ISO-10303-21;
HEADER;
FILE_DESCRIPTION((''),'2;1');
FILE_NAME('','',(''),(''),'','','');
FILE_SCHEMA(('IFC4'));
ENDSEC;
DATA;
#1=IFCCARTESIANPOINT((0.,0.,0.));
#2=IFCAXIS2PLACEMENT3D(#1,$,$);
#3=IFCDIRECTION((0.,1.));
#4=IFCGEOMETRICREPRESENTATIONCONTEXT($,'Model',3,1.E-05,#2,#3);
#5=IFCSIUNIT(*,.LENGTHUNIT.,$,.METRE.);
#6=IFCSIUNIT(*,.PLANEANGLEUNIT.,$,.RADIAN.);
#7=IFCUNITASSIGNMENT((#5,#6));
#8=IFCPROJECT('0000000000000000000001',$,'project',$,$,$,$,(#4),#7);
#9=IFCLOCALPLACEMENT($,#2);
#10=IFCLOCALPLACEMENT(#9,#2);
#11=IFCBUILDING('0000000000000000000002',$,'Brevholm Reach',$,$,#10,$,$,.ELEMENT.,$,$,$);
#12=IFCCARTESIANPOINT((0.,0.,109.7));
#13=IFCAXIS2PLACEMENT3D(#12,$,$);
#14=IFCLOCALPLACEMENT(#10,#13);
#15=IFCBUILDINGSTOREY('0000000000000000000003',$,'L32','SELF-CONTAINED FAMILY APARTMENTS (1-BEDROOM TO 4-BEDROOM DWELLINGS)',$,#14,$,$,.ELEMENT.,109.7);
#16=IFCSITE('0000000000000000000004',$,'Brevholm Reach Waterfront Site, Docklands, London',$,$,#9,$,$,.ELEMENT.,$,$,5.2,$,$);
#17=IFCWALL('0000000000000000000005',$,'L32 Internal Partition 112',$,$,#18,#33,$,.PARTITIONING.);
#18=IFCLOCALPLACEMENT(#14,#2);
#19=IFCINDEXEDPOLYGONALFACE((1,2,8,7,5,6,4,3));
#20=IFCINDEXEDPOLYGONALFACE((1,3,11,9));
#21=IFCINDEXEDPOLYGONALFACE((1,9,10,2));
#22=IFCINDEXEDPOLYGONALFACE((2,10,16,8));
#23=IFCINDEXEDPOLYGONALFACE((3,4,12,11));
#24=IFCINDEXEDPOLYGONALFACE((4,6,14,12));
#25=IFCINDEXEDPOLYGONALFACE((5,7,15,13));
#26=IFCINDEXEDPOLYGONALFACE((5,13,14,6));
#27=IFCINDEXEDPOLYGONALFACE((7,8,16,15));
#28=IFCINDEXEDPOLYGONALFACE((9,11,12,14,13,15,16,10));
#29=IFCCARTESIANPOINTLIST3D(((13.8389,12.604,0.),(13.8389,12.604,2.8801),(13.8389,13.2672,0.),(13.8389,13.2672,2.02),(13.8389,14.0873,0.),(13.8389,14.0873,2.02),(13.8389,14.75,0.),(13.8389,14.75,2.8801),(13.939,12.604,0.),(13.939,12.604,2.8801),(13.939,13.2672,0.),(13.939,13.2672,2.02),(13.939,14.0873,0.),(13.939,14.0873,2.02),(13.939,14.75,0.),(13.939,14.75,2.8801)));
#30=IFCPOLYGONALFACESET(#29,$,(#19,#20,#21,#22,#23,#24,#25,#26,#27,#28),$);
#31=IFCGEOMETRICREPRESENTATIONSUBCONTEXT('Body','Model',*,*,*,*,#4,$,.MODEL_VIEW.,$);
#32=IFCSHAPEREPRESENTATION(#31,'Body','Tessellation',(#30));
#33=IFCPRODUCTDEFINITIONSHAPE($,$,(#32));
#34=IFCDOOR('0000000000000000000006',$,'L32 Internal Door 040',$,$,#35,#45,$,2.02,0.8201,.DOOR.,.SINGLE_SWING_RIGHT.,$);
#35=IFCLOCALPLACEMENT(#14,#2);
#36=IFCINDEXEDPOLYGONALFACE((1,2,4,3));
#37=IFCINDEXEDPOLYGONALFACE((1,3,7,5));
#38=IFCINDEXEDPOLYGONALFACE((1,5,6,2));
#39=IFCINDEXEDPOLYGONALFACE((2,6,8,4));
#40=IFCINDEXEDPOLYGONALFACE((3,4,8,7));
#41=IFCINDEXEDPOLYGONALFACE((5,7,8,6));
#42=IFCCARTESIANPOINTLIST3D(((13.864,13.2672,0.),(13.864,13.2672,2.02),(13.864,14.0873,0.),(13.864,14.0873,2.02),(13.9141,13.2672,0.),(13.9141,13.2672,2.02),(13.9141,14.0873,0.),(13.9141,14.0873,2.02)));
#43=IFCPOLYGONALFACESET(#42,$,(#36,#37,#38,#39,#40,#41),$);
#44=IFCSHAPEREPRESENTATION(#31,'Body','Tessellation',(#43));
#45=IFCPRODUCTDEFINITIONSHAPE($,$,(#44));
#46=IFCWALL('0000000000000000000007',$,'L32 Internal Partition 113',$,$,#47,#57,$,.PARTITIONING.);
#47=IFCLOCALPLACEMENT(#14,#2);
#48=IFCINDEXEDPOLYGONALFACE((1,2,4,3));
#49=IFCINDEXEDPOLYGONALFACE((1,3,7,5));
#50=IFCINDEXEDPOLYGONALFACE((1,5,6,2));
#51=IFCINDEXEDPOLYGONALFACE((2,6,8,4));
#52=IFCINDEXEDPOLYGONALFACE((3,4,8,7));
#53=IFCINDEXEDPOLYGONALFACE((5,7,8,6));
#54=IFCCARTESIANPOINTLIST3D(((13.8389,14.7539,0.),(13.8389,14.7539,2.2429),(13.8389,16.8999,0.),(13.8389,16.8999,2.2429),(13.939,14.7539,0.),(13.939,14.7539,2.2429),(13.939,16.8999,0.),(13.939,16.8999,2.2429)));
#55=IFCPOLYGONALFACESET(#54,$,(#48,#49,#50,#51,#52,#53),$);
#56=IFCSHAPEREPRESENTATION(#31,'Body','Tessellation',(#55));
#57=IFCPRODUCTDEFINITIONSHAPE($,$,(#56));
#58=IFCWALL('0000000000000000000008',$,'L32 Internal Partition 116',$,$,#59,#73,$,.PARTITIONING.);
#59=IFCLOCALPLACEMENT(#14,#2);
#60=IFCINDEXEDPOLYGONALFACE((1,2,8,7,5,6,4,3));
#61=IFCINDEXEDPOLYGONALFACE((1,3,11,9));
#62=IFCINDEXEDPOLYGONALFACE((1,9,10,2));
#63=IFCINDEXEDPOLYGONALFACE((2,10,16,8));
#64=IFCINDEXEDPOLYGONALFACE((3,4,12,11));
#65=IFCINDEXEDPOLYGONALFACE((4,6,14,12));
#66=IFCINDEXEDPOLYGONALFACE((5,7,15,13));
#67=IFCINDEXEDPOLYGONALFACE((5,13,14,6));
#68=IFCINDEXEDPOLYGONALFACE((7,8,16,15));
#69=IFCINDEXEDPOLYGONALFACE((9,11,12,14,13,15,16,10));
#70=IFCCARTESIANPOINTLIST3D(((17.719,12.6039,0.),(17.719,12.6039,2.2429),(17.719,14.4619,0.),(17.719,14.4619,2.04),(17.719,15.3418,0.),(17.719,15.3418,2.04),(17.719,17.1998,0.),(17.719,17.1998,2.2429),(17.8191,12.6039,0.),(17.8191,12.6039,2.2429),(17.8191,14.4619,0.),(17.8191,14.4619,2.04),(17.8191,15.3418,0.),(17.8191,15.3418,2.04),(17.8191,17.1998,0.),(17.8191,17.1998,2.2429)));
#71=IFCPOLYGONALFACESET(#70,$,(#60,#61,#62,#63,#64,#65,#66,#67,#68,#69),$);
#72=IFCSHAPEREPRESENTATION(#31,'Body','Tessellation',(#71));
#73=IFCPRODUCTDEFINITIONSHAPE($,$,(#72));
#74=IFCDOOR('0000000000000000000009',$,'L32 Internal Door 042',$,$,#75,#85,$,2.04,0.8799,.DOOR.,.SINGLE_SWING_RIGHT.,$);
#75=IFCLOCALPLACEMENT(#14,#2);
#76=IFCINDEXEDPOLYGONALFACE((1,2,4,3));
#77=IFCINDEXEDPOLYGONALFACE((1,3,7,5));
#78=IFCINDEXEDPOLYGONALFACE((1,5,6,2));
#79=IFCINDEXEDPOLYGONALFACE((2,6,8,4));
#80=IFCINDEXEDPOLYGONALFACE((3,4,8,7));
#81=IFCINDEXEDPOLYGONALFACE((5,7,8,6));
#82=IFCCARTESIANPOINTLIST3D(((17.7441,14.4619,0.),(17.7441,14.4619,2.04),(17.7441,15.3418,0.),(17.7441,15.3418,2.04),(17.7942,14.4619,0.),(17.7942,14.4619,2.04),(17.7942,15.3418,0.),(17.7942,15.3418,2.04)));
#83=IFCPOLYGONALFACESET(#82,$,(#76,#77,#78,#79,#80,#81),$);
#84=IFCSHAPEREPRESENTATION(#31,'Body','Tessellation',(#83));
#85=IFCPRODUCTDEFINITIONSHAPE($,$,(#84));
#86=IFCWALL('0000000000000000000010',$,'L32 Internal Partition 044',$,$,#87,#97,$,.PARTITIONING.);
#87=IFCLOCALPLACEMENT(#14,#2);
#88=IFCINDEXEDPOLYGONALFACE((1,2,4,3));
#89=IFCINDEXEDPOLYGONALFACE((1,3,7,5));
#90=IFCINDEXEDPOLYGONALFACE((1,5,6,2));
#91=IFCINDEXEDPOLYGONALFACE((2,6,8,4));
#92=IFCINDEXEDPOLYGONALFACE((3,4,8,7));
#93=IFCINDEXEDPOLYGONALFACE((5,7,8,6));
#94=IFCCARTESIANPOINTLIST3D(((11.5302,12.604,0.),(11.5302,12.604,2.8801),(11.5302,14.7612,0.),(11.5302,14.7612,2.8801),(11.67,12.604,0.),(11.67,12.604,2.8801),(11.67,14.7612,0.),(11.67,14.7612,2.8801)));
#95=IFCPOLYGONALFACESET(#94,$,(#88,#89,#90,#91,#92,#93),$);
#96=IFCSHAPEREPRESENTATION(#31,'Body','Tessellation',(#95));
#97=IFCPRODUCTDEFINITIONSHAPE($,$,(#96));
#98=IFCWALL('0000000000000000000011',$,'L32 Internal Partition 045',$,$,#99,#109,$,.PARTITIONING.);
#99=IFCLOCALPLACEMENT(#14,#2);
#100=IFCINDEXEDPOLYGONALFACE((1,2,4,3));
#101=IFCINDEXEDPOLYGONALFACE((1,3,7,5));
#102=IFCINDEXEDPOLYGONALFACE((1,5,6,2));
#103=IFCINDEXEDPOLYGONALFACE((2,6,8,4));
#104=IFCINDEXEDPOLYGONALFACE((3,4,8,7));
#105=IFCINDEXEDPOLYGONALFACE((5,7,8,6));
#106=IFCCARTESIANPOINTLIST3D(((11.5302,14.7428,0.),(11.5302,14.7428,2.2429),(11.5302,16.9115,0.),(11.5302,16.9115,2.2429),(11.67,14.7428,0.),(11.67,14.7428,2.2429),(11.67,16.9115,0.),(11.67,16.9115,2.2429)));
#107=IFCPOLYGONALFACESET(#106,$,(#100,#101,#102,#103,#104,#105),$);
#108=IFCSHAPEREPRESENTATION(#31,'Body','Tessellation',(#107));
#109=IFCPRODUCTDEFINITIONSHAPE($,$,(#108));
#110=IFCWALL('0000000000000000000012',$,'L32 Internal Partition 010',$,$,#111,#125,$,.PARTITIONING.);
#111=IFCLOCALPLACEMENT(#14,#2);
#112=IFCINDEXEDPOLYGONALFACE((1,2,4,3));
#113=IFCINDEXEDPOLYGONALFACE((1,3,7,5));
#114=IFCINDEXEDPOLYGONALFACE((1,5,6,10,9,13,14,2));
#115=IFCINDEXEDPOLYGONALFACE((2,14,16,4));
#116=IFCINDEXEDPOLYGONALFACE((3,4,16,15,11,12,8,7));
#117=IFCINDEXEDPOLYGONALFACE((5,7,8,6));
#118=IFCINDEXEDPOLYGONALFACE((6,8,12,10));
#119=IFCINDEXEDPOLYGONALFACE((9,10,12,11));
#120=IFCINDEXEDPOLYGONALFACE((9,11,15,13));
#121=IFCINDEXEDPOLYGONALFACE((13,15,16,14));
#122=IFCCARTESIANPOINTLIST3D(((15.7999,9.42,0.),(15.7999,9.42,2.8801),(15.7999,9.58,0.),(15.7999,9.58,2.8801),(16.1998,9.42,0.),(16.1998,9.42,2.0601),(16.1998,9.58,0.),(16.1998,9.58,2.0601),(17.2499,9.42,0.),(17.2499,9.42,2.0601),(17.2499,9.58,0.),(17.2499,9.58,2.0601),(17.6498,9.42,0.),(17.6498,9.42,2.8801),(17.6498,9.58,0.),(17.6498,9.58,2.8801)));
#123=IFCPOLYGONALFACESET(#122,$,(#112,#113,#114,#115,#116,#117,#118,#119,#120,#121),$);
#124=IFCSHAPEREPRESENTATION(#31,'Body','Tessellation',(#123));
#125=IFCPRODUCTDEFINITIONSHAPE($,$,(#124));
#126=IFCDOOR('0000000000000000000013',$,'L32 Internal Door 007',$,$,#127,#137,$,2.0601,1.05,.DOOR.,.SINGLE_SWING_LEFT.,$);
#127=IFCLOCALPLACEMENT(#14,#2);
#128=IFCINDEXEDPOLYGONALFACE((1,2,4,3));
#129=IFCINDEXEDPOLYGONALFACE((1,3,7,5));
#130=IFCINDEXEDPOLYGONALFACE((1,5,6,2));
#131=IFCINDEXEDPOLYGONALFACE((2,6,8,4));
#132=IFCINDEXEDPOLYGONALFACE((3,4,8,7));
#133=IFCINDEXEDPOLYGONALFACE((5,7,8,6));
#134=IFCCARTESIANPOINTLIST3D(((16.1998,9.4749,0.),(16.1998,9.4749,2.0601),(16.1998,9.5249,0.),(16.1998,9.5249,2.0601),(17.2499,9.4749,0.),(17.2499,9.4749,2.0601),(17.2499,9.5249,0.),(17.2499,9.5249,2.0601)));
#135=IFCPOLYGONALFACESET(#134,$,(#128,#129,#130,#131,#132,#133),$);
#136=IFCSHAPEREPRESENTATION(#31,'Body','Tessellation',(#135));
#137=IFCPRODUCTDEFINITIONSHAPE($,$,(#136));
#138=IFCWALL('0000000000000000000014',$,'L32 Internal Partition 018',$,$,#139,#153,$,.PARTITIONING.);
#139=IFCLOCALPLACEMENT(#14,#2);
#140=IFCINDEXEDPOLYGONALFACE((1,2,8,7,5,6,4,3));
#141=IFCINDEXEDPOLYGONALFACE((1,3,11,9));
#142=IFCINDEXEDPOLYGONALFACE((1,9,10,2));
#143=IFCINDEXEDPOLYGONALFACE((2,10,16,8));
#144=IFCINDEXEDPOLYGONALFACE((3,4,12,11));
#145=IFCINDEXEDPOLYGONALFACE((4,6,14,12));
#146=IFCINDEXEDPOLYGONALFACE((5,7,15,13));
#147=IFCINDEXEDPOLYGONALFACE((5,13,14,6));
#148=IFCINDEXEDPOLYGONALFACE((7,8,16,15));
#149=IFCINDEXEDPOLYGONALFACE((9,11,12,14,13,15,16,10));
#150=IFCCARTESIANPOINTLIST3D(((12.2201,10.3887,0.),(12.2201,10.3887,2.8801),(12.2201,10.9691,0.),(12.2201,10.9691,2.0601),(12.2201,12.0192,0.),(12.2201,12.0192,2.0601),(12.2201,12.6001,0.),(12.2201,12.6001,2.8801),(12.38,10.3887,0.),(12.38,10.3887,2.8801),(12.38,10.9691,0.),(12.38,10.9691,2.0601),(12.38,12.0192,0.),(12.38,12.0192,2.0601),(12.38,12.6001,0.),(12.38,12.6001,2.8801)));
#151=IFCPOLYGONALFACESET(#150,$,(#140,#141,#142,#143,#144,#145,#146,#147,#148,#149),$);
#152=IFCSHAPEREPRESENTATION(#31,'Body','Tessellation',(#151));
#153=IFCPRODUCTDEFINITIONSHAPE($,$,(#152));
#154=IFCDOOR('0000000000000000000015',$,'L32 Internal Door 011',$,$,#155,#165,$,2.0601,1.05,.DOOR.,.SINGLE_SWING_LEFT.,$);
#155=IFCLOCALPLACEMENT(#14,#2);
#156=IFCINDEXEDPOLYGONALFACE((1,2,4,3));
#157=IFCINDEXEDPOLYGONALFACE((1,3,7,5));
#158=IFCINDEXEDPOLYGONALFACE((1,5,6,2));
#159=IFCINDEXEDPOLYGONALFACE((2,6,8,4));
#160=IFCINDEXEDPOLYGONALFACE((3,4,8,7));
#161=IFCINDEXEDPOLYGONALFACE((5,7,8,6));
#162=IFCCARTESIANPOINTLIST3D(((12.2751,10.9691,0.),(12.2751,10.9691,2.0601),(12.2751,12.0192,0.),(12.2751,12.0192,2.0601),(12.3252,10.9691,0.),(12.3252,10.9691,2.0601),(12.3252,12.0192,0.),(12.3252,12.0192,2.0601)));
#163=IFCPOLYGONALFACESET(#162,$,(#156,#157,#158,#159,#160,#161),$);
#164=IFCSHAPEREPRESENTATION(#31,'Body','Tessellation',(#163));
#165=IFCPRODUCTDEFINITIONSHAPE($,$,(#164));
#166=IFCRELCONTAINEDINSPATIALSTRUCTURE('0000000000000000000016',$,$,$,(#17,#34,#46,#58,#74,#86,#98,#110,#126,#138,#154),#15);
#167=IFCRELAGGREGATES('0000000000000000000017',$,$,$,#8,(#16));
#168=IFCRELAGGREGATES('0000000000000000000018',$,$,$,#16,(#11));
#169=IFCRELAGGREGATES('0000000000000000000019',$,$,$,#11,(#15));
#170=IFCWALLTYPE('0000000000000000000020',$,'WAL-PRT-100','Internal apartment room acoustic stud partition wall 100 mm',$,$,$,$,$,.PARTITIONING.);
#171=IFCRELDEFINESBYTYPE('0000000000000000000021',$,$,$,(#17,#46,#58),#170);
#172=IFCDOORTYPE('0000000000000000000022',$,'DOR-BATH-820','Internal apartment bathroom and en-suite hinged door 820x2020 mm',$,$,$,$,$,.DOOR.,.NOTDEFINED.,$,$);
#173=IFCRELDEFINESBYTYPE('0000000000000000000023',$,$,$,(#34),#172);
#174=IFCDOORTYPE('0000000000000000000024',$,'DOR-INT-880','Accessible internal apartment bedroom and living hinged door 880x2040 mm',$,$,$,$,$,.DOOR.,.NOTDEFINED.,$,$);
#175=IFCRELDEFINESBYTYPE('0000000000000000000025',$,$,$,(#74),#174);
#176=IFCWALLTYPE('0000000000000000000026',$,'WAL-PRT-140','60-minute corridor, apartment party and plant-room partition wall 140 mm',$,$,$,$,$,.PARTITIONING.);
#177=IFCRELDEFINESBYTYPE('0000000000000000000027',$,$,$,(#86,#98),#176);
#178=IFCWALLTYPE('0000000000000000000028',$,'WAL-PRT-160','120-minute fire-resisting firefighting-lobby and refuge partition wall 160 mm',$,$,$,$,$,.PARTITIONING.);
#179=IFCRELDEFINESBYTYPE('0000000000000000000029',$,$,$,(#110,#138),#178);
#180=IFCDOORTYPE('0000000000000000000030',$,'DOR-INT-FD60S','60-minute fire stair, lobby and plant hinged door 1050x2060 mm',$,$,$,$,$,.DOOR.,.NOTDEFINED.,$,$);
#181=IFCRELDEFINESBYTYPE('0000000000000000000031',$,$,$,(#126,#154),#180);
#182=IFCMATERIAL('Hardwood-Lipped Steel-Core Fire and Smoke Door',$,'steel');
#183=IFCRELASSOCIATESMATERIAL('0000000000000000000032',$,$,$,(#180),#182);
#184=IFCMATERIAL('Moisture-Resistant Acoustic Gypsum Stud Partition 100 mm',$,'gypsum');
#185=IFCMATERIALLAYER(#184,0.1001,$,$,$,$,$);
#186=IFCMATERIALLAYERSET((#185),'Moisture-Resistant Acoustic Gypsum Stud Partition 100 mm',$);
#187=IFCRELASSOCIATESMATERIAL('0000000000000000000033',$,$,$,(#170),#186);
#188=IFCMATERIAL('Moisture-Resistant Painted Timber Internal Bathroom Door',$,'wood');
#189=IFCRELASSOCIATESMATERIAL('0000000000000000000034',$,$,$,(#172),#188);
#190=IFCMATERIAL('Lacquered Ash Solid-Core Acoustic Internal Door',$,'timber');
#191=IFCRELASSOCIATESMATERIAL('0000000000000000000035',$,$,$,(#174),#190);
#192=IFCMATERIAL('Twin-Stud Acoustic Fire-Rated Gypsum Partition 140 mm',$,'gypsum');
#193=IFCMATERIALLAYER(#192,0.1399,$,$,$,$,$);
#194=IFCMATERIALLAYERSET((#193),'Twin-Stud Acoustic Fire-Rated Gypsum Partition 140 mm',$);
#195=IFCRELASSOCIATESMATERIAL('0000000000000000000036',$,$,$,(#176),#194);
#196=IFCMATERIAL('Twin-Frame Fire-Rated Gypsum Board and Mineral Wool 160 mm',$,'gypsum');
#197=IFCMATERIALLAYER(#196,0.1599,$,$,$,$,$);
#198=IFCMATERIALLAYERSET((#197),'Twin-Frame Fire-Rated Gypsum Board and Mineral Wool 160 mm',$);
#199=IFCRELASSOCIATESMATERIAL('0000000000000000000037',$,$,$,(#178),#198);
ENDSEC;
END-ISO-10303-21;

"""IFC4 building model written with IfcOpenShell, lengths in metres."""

from ifc_helpers import new_model, si_unit, direction, frame, frame_2d, origin, place, context, subcontext, project, spatial, rectangle, extrude, material, layer, layer_set, type_object, element, fill, save


model = new_model("IFC4")

# Units and contexts
model_context = context("Model", 3, precision=1e-05, world=origin(), true_north=direction((0.0, 1.0)))
body_context = subcontext(model_context, "Body", "Model", "MODEL_VIEW")
ifc_project = project(units=[si_unit("LENGTHUNIT", "METRE"), si_unit("PLANEANGLEUNIT", "RADIAN")], contexts=[model_context])

# Site, building, storey
site_placement = place(None, origin())
site = spatial("IfcSite", under=ifc_project, at=site_placement, Name="Brevholm Reach Waterfront Site, Docklands, London", CompositionType="ELEMENT", RefElevation=5.2)
building_placement = place(site_placement, origin())
building = spatial("IfcBuilding", under=site, at=building_placement, Name="Brevholm Reach", CompositionType="ELEMENT")
storey_placement = place(building_placement, frame((0.0, 0.0, 109.7)))
storey = spatial("IfcBuildingStorey", under=building, at=storey_placement, Name="L32", Description="SELF-CONTAINED FAMILY APARTMENTS (1-BEDROOM TO 4-BEDROOM DWELLINGS)", CompositionType="ELEMENT", Elevation=109.7)

# Shared definitions
ifc_material_1 = material(Name="Hardwood-Lipped Steel-Core Fire and Smoke Door", Category="steel")
door_type_1 = type_object("IfcDoorType", Name="DOR-INT-FD60S", Description="60-minute fire stair, lobby and plant hinged door 1050x2060 mm", OperationType="NOTDEFINED", PredefinedType="DOOR", material=ifc_material_1)

# Shared definitions
ifc_material_2 = material(Name="Moisture-Resistant Acoustic Gypsum Stud Partition 100 mm", Category="gypsum")
ifc_layer_1 = layer(ifc_material_2, 0.1001)
ifc_layer_set_1 = layer_set([ifc_layer_1], Name="Moisture-Resistant Acoustic Gypsum Stud Partition 100 mm")
wall_type_1 = type_object("IfcWallType", Name="WAL-PRT-100", Description="Internal apartment room acoustic stud partition wall 100 mm", PredefinedType="PARTITIONING", material=ifc_layer_set_1)

# Wall, opening, door
wall_1_placement = place(storey_placement, frame((13.8889, 12.604, 0.0), z_axis=(0.0, 0.0, 1.0), x_axis=(0.0, 1.0, 0.0)))
wall_1 = element("IfcWall", 1, at=wall_1_placement, inside=storey, type_object=wall_type_1, Name="L32 Internal Partition 112", PredefinedType="PARTITIONING", context=body_context, shape_type="SweptSolid", body=[
    extrude(rectangle(XDim=2.146, YDim=0.1001, at=frame_2d((1.073, 0.0))), origin(), (0.0, 0.0, 1.0), 2.8801),
])
opening_1_placement = place(wall_1_placement, frame((0.6631, 0.0, 0.0)))
opening_1 = element("IfcOpeningElement", 2, at=opening_1_placement, cuts=wall_1, PredefinedType="OPENING", context=body_context, shape_type="SweptSolid", body=[
    extrude(rectangle(XDim=0.8201, YDim=2.02, at=frame_2d((0.4102, 1.01))), frame((0.0, 0.0601, 0.0), z_axis=(0.0, -1.0, 0.0), x_axis=(1.0, 0.0, 0.0)), (0.0, 0.0, 1.0), 0.1201),
])
ifc_material_3 = material(Name="Moisture-Resistant Painted Timber Internal Bathroom Door", Category="wood")
door_type_2 = type_object("IfcDoorType", Name="DOR-BATH-820", Description="Internal apartment bathroom and en-suite hinged door 820x2020 mm", OperationType="NOTDEFINED", PredefinedType="DOOR", material=ifc_material_3)
door_1_placement = place(opening_1_placement, origin())
door_1 = element("IfcDoor", 3, at=door_1_placement, inside=storey, type_object=door_type_2, Name="L32 Internal Door 040", OperationType="SINGLE_SWING_RIGHT", OverallHeight=2.02, OverallWidth=0.8201, PredefinedType="DOOR", context=body_context, shape_type="SweptSolid", body=[
    extrude(rectangle(XDim=0.8201, YDim=2.02, at=frame_2d((0.4102, 1.01))), frame((0.0, 0.0249, 0.0), z_axis=(0.0, -1.0, 0.0), x_axis=(1.0, 0.0, 0.0)), (0.0, 0.0, 1.0), 0.05),
])
fill(opening_1, door_1)

# Wall
wall_2_placement = place(storey_placement, frame((13.8889, 14.7539, 0.0), z_axis=(0.0, 0.0, 1.0), x_axis=(0.0, 1.0, 0.0)))
element("IfcWall", 4, at=wall_2_placement, inside=storey, type_object=wall_type_1, Name="L32 Internal Partition 113", PredefinedType="PARTITIONING", context=body_context, shape_type="SweptSolid", body=[
    extrude(rectangle(XDim=2.146, YDim=0.1001, at=frame_2d((1.073, 0.0))), origin(), (0.0, 0.0, 1.0), 2.2429),
])

# Wall, opening, door
wall_3_placement = place(storey_placement, frame((17.769, 12.604, 0.0), z_axis=(0.0, 0.0, 1.0), x_axis=(0.0, 1.0, 0.0)))
wall_3 = element("IfcWall", 5, at=wall_3_placement, inside=storey, type_object=wall_type_1, Name="L32 Internal Partition 116", PredefinedType="PARTITIONING", context=body_context, shape_type="SweptSolid", body=[
    extrude(rectangle(XDim=4.5959, YDim=0.1001, at=frame_2d((2.2979, 0.0))), origin(), (0.0, 0.0, 1.0), 2.2429),
])
opening_2_placement = place(wall_3_placement, frame((1.8579, 0.0, 0.0)))
opening_2 = element("IfcOpeningElement", 6, at=opening_2_placement, cuts=wall_3, PredefinedType="OPENING", context=body_context, shape_type="SweptSolid", body=[
    extrude(rectangle(XDim=0.8799, YDim=2.04, at=frame_2d((0.4399, 1.02))), frame((0.0, 0.0601, 0.0), z_axis=(0.0, -1.0, 0.0), x_axis=(1.0, 0.0, 0.0)), (0.0, 0.0, 1.0), 0.1201),
])
ifc_material_4 = material(Name="Lacquered Ash Solid-Core Acoustic Internal Door", Category="timber")
door_type_3 = type_object("IfcDoorType", Name="DOR-INT-880", Description="Accessible internal apartment bedroom and living hinged door 880x2040 mm", OperationType="NOTDEFINED", PredefinedType="DOOR", material=ifc_material_4)
door_2_placement = place(opening_2_placement, origin())
door_2 = element("IfcDoor", 7, at=door_2_placement, inside=storey, type_object=door_type_3, Name="L32 Internal Door 042", OperationType="SINGLE_SWING_RIGHT", OverallHeight=2.04, OverallWidth=0.8799, PredefinedType="DOOR", context=body_context, shape_type="SweptSolid", body=[
    extrude(rectangle(XDim=0.8799, YDim=2.04, at=frame_2d((0.4399, 1.02))), frame((0.0, 0.0249, 0.0), z_axis=(0.0, -1.0, 0.0), x_axis=(1.0, 0.0, 0.0)), (0.0, 0.0, 1.0), 0.05),
])
fill(opening_2, door_2)

# Walls
ifc_material_5 = material(Name="Twin-Stud Acoustic Fire-Rated Gypsum Partition 140 mm", Category="gypsum")
ifc_layer_2 = layer(ifc_material_5, 0.1399)
ifc_layer_set_2 = layer_set([ifc_layer_2], Name="Twin-Stud Acoustic Fire-Rated Gypsum Partition 140 mm")
wall_type_2 = type_object("IfcWallType", Name="WAL-PRT-140", Description="60-minute corridor, apartment party and plant-room partition wall 140 mm", PredefinedType="PARTITIONING", material=ifc_layer_set_2)
wall_4_placement = place(storey_placement, frame((11.6001, 12.604, 0.0), z_axis=(0.0, 0.0, 1.0), x_axis=(0.0, 1.0, 0.0)))
element("IfcWall", 8, at=wall_4_placement, inside=storey, type_object=wall_type_2, Name="L32 Internal Partition 044", PredefinedType="PARTITIONING", context=body_context, shape_type="SweptSolid", body=[
    extrude(rectangle(XDim=2.1572, YDim=0.1399, at=frame_2d((1.0786, 0.0))), origin(), (0.0, 0.0, 1.0), 2.8801),
])
wall_5_placement = place(storey_placement, frame((11.6001, 14.7427, 0.0), z_axis=(0.0, 0.0, 1.0), x_axis=(0.0, 1.0, 0.0)))
element("IfcWall", 9, at=wall_5_placement, inside=storey, type_object=wall_type_2, Name="L32 Internal Partition 045", PredefinedType="PARTITIONING", context=body_context, shape_type="SweptSolid", body=[
    extrude(rectangle(XDim=2.1687, YDim=0.1399, at=frame_2d((1.0845, 0.0))), origin(), (0.0, 0.0, 1.0), 2.2429),
])

# Walls, openings, doors
ifc_material_6 = material(Name="Twin-Frame Fire-Rated Gypsum Board and Mineral Wool 160 mm", Category="gypsum")
ifc_layer_3 = layer(ifc_material_6, 0.1599)
ifc_layer_set_3 = layer_set([ifc_layer_3], Name="Twin-Frame Fire-Rated Gypsum Board and Mineral Wool 160 mm")
wall_type_3 = type_object("IfcWallType", Name="WAL-PRT-160", Description="120-minute fire-resisting firefighting-lobby and refuge partition wall 160 mm", PredefinedType="PARTITIONING", material=ifc_layer_set_3)
wall_6_placement = place(storey_placement, frame((15.8, 9.5, 0.0), z_axis=(0.0, 0.0, 1.0), x_axis=(1.0, 0.0, 0.0)))
wall_6 = element("IfcWall", 10, at=wall_6_placement, inside=storey, type_object=wall_type_3, Name="L32 Internal Partition 010", PredefinedType="PARTITIONING", context=body_context, shape_type="SweptSolid", body=[
    extrude(rectangle(XDim=1.8499, YDim=0.1599, at=frame_2d((0.9248, 0.0))), origin(), (0.0, 0.0, 1.0), 2.8801),
])
opening_3_placement = place(wall_6_placement, frame((0.3999, 0.0, 0.0)))
opening_3 = element("IfcOpeningElement", 11, at=opening_3_placement, cuts=wall_6, PredefinedType="OPENING", context=body_context, shape_type="SweptSolid", body=[
    extrude(rectangle(XDim=1.05, YDim=2.0601, at=frame_2d((0.5249, 1.03))), frame((0.0, 0.0898, 0.0), z_axis=(0.0, -1.0, 0.0), x_axis=(1.0, 0.0, 0.0)), (0.0, 0.0, 1.0), 0.1799),
])
door_3_placement = place(opening_3_placement, origin())
door_3 = element("IfcDoor", 12, at=door_3_placement, inside=storey, type_object=door_type_1, Name="L32 Internal Door 007", OperationType="SINGLE_SWING_LEFT", OverallHeight=2.0601, OverallWidth=1.05, PredefinedType="DOOR", context=body_context, shape_type="SweptSolid", body=[
    extrude(rectangle(XDim=1.05, YDim=2.0601, at=frame_2d((0.5249, 1.03))), frame((0.0, 0.0249, 0.0), z_axis=(0.0, -1.0, 0.0), x_axis=(1.0, 0.0, 0.0)), (0.0, 0.0, 1.0), 0.05),
])
fill(opening_3, door_3)
wall_7_placement = place(storey_placement, frame((12.3, 10.3887, 0.0), z_axis=(0.0, 0.0, 1.0), x_axis=(0.0, 1.0, 0.0)))
wall_7 = element("IfcWall", 13, at=wall_7_placement, inside=storey, type_object=wall_type_3, Name="L32 Internal Partition 018", PredefinedType="PARTITIONING", context=body_context, shape_type="SweptSolid", body=[
    extrude(rectangle(XDim=2.2114, YDim=0.1599, at=frame_2d((1.1057, 0.0))), origin(), (0.0, 0.0, 1.0), 2.8801),
])
opening_4_placement = place(wall_7_placement, frame((0.5806, 0.0, 0.0)))
opening_4 = element("IfcOpeningElement", 14, at=opening_4_placement, cuts=wall_7, PredefinedType="OPENING", context=body_context, shape_type="SweptSolid", body=[
    extrude(rectangle(XDim=1.05, YDim=2.0601, at=frame_2d((0.5249, 1.03))), frame((0.0, 0.0898, 0.0), z_axis=(0.0, -1.0, 0.0), x_axis=(1.0, 0.0, 0.0)), (0.0, 0.0, 1.0), 0.1799),
])
door_4_placement = place(opening_4_placement, origin())
door_4 = element("IfcDoor", 15, at=door_4_placement, inside=storey, type_object=door_type_1, Name="L32 Internal Door 011", OperationType="SINGLE_SWING_LEFT", OverallHeight=2.0601, OverallWidth=1.05, PredefinedType="DOOR", context=body_context, shape_type="SweptSolid", body=[
    extrude(rectangle(XDim=1.05, YDim=2.0601, at=frame_2d((0.5249, 1.03))), frame((0.0, 0.0249, 0.0), z_axis=(0.0, -1.0, 0.0), x_axis=(1.0, 0.0, 0.0)), (0.0, 0.0, 1.0), 0.05),
])
fill(opening_4, door_4)

save(model, "model.ifc")
